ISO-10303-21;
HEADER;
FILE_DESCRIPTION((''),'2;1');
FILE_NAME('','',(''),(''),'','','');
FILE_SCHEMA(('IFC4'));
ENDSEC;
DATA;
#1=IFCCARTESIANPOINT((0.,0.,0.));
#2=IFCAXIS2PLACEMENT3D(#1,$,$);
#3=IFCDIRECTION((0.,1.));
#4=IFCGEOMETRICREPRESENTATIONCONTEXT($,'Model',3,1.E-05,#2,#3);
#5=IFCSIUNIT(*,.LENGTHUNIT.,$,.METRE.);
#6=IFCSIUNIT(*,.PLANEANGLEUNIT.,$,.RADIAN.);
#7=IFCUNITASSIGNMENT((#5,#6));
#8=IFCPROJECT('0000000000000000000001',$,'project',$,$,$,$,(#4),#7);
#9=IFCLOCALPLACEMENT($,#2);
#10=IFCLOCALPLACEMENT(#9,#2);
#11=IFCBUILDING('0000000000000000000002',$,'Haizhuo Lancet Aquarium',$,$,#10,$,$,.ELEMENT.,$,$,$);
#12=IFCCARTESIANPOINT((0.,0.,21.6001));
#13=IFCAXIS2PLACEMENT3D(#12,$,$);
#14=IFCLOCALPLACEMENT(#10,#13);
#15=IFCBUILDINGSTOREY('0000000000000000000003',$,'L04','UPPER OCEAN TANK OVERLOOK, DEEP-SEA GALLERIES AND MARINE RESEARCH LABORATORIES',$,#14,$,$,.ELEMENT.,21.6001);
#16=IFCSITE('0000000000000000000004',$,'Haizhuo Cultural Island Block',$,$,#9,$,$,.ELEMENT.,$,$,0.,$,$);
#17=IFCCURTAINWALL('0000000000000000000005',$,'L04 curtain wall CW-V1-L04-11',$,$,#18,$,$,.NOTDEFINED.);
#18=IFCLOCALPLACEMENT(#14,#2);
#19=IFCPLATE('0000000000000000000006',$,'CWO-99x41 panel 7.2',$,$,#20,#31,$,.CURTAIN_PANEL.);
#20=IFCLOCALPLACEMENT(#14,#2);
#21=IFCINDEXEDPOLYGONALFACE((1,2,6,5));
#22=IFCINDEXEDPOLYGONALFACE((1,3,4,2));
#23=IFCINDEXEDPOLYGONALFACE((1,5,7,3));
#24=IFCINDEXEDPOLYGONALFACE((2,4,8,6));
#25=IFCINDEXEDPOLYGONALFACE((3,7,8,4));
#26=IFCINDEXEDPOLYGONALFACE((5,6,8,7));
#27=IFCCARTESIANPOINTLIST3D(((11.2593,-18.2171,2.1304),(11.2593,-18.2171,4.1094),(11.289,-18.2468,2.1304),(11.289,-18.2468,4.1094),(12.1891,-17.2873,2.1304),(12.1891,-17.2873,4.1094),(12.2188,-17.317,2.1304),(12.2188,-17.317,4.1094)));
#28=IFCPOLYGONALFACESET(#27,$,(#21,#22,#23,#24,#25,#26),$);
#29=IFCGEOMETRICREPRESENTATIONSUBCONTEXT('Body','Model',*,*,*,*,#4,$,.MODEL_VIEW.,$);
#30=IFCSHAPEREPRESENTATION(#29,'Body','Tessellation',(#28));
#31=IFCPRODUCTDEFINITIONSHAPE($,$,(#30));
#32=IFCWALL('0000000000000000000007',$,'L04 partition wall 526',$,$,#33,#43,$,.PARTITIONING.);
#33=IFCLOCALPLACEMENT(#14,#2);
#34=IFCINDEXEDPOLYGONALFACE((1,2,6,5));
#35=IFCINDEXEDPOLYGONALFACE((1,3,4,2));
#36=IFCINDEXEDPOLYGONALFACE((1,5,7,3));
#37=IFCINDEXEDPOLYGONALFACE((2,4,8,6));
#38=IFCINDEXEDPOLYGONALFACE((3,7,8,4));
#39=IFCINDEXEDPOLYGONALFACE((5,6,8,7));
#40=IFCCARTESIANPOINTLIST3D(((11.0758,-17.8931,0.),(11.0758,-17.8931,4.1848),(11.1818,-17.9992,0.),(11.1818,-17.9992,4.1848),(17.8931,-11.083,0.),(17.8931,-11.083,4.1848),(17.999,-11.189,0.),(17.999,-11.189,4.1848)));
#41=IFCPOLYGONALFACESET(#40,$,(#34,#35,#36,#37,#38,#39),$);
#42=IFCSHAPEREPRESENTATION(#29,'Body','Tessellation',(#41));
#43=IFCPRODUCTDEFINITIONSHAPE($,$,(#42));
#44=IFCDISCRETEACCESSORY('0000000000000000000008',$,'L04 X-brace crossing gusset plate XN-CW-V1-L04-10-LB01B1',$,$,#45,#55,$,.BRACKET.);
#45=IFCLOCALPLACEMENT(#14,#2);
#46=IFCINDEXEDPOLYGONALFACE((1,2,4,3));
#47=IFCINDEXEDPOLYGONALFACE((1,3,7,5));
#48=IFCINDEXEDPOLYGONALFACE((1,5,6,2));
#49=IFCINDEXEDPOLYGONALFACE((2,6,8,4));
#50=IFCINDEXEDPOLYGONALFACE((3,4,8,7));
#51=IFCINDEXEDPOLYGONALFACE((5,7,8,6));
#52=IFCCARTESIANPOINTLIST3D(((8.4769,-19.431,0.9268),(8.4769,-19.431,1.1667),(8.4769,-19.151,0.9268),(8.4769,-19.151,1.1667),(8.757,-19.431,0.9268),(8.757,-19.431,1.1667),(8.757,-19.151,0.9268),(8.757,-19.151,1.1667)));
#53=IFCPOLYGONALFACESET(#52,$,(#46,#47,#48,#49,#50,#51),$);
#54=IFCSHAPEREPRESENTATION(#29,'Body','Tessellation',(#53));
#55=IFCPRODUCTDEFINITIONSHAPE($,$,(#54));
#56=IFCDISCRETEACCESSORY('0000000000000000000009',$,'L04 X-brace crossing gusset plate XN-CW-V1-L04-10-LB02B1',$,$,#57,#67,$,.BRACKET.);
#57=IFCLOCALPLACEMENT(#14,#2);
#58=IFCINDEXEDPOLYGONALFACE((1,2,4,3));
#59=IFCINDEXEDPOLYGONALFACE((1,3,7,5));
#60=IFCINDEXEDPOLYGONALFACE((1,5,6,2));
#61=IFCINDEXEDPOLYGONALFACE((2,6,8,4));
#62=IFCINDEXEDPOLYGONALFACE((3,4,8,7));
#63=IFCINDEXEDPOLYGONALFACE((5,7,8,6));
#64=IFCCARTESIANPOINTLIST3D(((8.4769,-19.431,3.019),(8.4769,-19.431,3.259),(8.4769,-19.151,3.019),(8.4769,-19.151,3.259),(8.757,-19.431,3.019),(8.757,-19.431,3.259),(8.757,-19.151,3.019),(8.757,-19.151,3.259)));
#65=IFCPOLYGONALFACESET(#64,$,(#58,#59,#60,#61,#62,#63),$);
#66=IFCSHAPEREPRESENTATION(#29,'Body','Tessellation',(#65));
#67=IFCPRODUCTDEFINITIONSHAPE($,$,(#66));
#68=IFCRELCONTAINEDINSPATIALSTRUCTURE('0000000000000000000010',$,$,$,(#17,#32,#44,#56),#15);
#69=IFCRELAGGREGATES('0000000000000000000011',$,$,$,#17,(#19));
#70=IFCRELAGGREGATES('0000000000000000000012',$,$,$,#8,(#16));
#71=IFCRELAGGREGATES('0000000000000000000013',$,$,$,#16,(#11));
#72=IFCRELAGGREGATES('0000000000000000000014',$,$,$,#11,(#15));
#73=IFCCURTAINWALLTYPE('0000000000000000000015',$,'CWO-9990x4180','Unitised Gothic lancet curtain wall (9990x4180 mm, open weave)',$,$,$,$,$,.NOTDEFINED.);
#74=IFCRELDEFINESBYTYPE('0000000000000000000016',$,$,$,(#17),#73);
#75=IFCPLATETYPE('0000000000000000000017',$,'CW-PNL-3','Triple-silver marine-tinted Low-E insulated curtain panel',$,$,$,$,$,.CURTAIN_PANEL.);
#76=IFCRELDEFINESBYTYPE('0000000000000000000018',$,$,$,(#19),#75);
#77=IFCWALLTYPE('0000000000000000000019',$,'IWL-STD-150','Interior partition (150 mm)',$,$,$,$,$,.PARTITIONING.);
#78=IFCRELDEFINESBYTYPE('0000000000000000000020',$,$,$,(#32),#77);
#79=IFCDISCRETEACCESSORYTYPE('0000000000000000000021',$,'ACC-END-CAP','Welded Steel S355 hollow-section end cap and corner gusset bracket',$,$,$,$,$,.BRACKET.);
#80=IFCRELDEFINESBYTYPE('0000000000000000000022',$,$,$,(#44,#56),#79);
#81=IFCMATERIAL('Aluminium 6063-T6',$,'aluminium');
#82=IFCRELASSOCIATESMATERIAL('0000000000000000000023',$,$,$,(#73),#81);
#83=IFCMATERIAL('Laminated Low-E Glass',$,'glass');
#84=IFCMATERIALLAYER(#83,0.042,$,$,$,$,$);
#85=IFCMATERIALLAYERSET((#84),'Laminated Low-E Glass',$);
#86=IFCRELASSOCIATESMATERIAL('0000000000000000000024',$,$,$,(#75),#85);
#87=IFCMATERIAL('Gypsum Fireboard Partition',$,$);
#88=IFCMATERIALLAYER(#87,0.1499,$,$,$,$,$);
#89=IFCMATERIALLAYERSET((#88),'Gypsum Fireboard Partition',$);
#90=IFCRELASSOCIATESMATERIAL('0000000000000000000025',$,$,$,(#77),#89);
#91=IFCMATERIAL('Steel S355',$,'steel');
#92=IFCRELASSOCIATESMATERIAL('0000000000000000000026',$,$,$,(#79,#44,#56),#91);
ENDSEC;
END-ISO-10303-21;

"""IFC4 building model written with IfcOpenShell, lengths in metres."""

from ifc_helpers import new_model, si_unit, direction, frame, frame_2d, origin, origin_2d, place, context, subcontext, project, spatial, rectangle, extrude, material, layer, layer_set, type_object, element, aggregate, save


model = new_model("IFC4")

# Units and contexts
model_context = context("Model", 3, precision=1e-05, world=origin(), true_north=direction((0.0, 1.0)))
body_context = subcontext(model_context, "Body", "Model", "MODEL_VIEW")
ifc_project = project(units=[si_unit("LENGTHUNIT", "METRE"), si_unit("PLANEANGLEUNIT", "RADIAN")], contexts=[model_context])

# Site, building, storey
site_placement = place(None, origin())
site = spatial("IfcSite", under=ifc_project, at=site_placement, Name="Haizhuo Cultural Island Block", CompositionType="ELEMENT", RefElevation=0.0)
building_placement = place(site_placement, origin())
building = spatial("IfcBuilding", under=site, at=building_placement, Name="Haizhuo Lancet Aquarium", CompositionType="ELEMENT")
storey_placement = place(building_placement, frame((0.0, 0.0, 21.6001)))
storey = spatial("IfcBuildingStorey", under=building, at=storey_placement, Name="L04", Description="UPPER OCEAN TANK OVERLOOK, DEEP-SEA GALLERIES AND MARINE RESEARCH LABORATORIES", CompositionType="ELEMENT", Elevation=21.6001)

# Curtain wall
ifc_material_1 = material(Name="Aluminium 6063-T6", Category="aluminium")
curtain_wall_type = type_object("IfcCurtainWallType", Name="CWO-9990x4180", Description="Unitised Gothic lancet curtain wall (9990x4180 mm, open weave)", PredefinedType="NOTDEFINED", material=ifc_material_1)
curtain_wall_1_placement = place(storey_placement, origin())
curtain_wall_1 = element("IfcCurtainWall", 1, at=curtain_wall_1_placement, inside=storey, type_object=curtain_wall_type, Name="L04 curtain wall CW-V1-L04-11", PredefinedType="NOTDEFINED")

# Shared definitions
ifc_material_2 = material(Name="Steel S355", Category="steel")

# Plate
ifc_material_3 = material(Name="Laminated Low-E Glass", Category="glass")
ifc_layer_1 = layer(ifc_material_3, 0.042)
ifc_layer_set_1 = layer_set([ifc_layer_1], Name="Laminated Low-E Glass")
plate_type_1 = type_object("IfcPlateType", Name="CW-PNL-3", Description="Triple-silver marine-tinted Low-E insulated curtain panel", PredefinedType="CURTAIN_PANEL", material=ifc_layer_set_1)
plate_1_placement = place(storey_placement, frame((11.739, -17.7671, 2.1304), z_axis=(0.0, 0.0, 1.0), x_axis=(-0.707107, -0.707107, 0.0)))
plate_1 = element("IfcPlate", 2, at=plate_1_placement, type_object=plate_type_1, Name="CWO-99x41 panel 7.2", PredefinedType="CURTAIN_PANEL", context=body_context, shape_type="SweptSolid", body=[
    extrude(rectangle(XDim=1.3149, YDim=0.042, at=origin_2d()), origin(), (0.0, 0.0, 1.0), 1.979),
])
aggregate(curtain_wall_1, [plate_1])

# Wall
ifc_material_4 = material(Name="Gypsum Fireboard Partition")
ifc_layer_2 = layer(ifc_material_4, 0.1499)
ifc_layer_set_2 = layer_set([ifc_layer_2], Name="Gypsum Fireboard Partition")
wall_type = type_object("IfcWallType", Name="IWL-STD-150", Description="Interior partition (150 mm)", PredefinedType="PARTITIONING", material=ifc_layer_set_2)
wall_placement = place(storey_placement, frame((11.1289, -17.946, 0.0), z_axis=(0.0, 0.0, 1.0), x_axis=(0.707474, 0.706739, 0.0)))
element("IfcWall", 3, at=wall_placement, inside=storey, type_object=wall_type, Name="L04 partition wall 526", PredefinedType="PARTITIONING", context=body_context, shape_type="SweptSolid", body=[
    extrude(rectangle(XDim=9.636, YDim=0.1499, at=frame_2d((4.8179, 0.0))), origin(), (0.0, 0.0, 1.0), 4.1848),
])

# Discrete accessories
discrete_accessory_type = type_object("IfcDiscreteAccessoryType", Name="ACC-END-CAP", Description="Welded Steel S355 hollow-section end cap and corner gusset bracket", PredefinedType="BRACKET", material=ifc_material_2)
for number, where, z_axis, x_axis, name in (
    (4, (8.6169, -19.291, 0.9268), (0.0, 0.0, 1.0), (1.0, 0.0, 0.0), "L04 X-brace crossing gusset plate XN-CW-V1-L04-10-LB01B1"),
    (5, (8.6169, -19.291, 3.019), (0.0, 0.0, 1.0), (1.0, 0.0, 0.0), "L04 X-brace crossing gusset plate XN-CW-V1-L04-10-LB02B1"),
):
    element("IfcDiscreteAccessory", number, at=place(storey_placement, frame(where, z_axis=z_axis, x_axis=x_axis)), inside=storey, type_object=discrete_accessory_type, material=ifc_material_2, Name=name, PredefinedType="BRACKET", context=body_context, shape_type="SweptSolid", body=[
        extrude(rectangle(XDim=0.28, YDim=0.28, at=origin_2d()), origin(), (0.0, 0.0, 1.0), 0.24),
    ])

save(model, "model.ifc")
